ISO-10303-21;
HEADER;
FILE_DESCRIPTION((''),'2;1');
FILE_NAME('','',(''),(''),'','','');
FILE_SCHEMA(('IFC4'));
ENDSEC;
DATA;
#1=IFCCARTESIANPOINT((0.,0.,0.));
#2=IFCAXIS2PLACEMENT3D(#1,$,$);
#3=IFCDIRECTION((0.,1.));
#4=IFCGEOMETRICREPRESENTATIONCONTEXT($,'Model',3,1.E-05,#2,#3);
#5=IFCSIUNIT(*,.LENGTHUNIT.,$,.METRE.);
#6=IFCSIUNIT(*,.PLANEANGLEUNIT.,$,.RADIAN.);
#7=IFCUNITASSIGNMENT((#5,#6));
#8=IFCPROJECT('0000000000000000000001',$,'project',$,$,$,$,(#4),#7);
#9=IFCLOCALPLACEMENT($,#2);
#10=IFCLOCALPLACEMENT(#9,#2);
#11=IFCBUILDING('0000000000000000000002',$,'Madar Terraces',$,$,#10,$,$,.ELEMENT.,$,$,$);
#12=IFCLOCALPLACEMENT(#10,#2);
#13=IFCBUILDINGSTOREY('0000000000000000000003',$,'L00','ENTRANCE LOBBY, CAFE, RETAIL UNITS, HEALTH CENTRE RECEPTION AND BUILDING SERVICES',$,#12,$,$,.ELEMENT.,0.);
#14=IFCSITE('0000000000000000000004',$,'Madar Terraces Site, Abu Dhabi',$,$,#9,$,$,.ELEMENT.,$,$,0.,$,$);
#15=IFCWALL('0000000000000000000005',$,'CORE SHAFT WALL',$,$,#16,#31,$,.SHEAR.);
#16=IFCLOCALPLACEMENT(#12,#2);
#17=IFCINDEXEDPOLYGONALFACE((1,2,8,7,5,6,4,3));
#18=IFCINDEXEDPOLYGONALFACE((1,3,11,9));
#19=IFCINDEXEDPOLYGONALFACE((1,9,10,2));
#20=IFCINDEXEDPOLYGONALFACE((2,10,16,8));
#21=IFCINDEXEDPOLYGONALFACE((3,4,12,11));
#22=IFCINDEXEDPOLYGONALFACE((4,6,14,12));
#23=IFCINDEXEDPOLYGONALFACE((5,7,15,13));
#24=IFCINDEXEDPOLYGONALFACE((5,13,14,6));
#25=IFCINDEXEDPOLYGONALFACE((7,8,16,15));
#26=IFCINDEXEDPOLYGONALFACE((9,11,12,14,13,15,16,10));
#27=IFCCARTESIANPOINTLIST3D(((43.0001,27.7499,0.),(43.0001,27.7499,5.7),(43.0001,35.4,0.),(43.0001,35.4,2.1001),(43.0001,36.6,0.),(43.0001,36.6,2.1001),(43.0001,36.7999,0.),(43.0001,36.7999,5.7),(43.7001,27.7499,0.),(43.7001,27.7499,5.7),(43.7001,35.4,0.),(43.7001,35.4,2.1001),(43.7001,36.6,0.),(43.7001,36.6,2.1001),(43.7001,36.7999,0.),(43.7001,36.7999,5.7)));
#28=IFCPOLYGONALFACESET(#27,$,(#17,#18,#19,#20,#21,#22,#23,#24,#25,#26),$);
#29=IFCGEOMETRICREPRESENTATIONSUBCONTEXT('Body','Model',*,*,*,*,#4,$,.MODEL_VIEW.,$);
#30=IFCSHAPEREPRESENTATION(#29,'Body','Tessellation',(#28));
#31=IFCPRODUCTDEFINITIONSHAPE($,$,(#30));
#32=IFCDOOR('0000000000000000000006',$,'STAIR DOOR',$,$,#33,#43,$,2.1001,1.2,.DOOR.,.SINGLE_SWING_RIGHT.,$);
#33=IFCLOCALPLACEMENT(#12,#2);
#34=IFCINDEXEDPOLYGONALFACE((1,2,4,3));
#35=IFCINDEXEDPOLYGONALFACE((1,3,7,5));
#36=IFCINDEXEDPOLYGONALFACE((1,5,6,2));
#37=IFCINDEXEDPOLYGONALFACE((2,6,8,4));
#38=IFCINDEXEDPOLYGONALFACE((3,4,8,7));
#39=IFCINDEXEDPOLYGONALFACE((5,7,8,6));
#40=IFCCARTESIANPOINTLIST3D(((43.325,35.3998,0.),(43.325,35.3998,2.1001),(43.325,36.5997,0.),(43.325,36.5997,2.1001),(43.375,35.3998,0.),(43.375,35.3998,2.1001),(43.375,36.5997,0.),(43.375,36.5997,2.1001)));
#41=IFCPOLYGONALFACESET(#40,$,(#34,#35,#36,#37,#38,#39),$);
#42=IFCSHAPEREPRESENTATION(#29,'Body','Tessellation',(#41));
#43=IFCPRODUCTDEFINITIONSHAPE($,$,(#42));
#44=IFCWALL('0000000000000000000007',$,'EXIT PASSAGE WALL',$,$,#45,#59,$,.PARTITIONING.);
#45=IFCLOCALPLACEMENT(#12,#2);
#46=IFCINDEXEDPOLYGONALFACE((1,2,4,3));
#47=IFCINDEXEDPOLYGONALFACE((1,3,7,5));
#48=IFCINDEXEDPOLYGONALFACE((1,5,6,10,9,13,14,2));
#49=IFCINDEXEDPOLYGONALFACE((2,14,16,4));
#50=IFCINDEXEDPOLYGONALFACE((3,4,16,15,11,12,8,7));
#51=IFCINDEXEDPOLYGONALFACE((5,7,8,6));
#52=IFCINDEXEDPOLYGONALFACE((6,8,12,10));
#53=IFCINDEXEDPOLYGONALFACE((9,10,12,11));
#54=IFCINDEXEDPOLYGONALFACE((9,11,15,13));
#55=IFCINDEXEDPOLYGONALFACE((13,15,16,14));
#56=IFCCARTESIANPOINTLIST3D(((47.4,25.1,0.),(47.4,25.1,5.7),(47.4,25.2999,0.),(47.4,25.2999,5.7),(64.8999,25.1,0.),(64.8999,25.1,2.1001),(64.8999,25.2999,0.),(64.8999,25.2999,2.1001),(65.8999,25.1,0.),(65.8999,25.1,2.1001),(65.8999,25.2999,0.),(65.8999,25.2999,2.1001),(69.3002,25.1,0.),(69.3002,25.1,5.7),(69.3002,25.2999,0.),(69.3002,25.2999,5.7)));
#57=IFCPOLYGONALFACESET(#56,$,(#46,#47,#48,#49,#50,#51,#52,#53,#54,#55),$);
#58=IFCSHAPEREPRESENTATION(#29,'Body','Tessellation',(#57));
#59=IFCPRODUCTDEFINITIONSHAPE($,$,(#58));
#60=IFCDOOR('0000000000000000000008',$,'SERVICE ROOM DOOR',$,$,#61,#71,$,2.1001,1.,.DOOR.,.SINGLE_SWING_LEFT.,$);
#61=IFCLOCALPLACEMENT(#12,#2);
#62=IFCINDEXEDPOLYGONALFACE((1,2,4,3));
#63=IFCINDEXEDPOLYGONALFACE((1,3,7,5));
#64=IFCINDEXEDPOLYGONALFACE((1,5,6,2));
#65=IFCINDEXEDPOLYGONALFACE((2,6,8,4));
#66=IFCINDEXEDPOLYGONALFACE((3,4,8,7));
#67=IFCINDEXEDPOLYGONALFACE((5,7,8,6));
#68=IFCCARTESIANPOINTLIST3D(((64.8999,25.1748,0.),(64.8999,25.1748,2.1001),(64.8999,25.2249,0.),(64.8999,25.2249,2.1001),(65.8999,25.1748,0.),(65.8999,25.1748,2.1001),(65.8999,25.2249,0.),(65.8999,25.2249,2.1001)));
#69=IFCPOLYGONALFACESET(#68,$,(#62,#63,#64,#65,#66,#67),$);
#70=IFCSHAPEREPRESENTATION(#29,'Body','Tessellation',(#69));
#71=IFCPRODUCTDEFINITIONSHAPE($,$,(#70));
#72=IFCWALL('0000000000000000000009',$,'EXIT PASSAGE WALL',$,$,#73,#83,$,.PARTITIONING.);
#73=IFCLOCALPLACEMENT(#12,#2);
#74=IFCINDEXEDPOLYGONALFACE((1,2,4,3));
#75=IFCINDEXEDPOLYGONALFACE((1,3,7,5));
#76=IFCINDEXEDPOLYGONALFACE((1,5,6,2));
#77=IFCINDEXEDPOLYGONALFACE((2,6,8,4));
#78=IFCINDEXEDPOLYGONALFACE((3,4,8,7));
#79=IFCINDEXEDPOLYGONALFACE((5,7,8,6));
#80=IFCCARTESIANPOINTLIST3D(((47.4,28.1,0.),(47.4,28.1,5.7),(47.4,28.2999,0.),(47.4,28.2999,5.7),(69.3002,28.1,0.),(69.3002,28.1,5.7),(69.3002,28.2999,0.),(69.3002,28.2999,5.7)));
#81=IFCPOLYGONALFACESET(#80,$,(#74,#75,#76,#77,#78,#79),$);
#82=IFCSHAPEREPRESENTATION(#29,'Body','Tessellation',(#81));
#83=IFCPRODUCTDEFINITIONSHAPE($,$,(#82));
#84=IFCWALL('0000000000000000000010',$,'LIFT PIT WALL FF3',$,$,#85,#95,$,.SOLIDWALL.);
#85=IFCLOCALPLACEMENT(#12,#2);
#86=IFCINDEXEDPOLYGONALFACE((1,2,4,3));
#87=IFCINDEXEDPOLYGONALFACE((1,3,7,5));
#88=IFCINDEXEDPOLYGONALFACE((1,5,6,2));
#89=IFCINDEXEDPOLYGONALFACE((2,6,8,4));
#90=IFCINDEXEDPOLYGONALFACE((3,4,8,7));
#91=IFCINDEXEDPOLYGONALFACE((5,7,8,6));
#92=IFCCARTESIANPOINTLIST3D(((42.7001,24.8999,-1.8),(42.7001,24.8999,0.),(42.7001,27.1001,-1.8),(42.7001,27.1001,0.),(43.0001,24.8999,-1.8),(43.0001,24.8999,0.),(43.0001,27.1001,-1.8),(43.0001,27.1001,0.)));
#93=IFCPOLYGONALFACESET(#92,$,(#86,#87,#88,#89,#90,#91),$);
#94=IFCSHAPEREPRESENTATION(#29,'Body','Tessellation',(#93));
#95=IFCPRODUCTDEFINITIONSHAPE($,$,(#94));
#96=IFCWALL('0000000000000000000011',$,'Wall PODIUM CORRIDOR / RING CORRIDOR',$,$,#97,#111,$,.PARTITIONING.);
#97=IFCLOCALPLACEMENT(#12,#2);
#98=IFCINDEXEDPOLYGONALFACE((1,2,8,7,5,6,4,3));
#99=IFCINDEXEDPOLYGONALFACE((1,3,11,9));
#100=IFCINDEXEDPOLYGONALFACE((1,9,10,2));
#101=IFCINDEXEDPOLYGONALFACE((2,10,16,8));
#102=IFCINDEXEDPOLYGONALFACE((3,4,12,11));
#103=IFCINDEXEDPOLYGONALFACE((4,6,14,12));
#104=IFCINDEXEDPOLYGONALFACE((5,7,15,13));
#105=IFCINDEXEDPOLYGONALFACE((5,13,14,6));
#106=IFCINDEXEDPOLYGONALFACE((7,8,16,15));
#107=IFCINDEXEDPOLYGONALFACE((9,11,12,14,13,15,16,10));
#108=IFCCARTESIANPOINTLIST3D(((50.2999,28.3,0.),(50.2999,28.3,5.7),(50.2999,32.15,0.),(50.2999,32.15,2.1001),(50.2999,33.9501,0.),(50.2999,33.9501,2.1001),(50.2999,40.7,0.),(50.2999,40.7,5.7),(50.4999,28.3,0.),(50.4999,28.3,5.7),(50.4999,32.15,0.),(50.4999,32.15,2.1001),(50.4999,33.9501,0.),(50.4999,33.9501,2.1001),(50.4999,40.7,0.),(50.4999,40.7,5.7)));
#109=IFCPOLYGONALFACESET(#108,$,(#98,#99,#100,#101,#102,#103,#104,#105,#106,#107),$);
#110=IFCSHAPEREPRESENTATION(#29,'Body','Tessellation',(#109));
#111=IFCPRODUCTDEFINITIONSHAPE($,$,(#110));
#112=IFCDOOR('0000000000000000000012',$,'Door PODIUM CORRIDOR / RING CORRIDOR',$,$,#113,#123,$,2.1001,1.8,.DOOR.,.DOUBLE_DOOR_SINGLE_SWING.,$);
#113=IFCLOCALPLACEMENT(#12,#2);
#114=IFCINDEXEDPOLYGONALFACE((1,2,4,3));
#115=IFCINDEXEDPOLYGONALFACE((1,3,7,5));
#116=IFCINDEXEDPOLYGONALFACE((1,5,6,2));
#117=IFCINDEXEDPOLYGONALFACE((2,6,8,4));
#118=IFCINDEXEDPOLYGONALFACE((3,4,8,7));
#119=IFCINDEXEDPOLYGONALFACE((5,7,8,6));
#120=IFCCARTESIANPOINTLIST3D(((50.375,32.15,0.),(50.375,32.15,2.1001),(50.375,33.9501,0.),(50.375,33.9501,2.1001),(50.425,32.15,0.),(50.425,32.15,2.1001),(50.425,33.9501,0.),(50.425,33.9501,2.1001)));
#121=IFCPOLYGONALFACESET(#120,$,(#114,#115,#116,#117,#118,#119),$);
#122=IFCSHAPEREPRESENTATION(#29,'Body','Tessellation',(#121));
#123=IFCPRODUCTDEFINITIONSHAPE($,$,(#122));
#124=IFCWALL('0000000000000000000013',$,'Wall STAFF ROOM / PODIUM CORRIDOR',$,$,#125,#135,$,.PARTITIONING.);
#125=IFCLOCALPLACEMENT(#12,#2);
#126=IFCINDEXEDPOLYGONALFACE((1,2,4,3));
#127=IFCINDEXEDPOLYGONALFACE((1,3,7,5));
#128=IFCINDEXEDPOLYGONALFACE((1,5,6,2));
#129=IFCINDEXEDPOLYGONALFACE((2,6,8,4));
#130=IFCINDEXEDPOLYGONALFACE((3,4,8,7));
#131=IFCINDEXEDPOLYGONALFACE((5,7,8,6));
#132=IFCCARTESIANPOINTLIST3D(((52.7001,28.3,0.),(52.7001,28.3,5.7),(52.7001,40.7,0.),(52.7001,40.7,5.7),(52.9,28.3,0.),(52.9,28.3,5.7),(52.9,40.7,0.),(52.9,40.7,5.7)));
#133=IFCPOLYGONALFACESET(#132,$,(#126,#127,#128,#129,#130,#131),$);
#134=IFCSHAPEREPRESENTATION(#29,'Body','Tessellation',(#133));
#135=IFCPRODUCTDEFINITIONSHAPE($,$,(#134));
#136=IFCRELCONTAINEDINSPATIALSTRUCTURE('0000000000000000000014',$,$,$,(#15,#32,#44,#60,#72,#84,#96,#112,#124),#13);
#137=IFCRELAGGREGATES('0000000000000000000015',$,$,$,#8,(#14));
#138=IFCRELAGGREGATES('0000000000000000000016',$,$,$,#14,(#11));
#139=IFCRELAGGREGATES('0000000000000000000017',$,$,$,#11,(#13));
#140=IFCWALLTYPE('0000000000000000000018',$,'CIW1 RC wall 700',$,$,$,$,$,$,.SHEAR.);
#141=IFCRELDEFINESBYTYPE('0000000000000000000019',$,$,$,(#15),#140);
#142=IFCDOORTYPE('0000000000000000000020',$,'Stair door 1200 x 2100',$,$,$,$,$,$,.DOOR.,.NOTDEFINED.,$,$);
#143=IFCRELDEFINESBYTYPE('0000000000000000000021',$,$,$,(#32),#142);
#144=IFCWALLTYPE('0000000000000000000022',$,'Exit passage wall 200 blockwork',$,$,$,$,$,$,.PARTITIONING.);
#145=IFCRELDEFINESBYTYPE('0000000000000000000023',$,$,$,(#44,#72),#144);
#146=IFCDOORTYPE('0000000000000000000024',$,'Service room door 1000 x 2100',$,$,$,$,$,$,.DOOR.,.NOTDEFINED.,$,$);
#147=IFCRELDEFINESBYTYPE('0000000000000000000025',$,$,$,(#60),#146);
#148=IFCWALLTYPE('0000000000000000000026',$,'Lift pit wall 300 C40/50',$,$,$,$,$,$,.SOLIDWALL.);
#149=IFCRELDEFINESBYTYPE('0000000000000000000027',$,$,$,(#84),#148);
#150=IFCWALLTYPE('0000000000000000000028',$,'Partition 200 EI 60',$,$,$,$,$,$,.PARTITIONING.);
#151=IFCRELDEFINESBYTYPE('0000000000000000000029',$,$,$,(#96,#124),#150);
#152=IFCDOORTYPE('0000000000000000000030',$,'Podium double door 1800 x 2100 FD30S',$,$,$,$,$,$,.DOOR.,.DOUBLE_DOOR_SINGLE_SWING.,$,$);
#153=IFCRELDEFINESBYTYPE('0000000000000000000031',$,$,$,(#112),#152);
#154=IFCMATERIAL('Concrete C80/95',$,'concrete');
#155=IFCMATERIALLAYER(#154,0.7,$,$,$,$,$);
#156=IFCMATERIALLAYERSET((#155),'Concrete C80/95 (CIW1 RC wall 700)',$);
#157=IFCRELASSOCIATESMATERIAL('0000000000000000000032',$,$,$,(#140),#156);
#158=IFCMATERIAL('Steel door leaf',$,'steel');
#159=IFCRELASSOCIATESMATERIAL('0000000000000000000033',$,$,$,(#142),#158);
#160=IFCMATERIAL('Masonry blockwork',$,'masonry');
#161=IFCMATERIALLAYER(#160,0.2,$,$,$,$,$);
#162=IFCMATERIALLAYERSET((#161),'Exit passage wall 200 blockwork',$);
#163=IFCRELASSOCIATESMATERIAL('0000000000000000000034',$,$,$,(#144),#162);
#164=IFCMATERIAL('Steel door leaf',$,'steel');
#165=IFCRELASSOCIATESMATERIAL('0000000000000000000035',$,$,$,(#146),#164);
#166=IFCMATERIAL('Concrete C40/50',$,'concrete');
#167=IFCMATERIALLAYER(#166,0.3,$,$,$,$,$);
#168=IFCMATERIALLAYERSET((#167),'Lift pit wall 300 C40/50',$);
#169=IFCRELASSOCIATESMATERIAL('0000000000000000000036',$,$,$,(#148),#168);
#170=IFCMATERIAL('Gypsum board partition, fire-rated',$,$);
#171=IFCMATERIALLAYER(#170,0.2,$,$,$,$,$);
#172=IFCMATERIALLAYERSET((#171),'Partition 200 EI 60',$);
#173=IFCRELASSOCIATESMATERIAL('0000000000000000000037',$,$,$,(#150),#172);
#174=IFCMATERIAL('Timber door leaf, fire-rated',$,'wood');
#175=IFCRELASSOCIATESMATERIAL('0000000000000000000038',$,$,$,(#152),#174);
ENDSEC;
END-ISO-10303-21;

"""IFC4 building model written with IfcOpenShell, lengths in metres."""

from ifc_helpers import new_model, si_unit, direction, frame, frame_2d, origin, place, context, subcontext, project, spatial, rectangle, extrude, material, layer, layer_set, type_object, element, fill, save


model = new_model("IFC4")

# Units and contexts
model_context = context("Model", 3, precision=1e-05, world=origin(), true_north=direction((0.0, 1.0)))
body_context = subcontext(model_context, "Body", "Model", "MODEL_VIEW")
ifc_project = project(units=[si_unit("LENGTHUNIT", "METRE"), si_unit("PLANEANGLEUNIT", "RADIAN")], contexts=[model_context])

# Site, building, storey
site_placement = place(None, origin())
site = spatial("IfcSite", under=ifc_project, at=site_placement, Name="Madar Terraces Site, Abu Dhabi", CompositionType="ELEMENT", RefElevation=0.0)
building_placement = place(site_placement, origin())
building = spatial("IfcBuilding", under=site, at=building_placement, Name="Madar Terraces", CompositionType="ELEMENT")
storey_placement = place(building_placement, origin())
storey = spatial("IfcBuildingStorey", under=building, at=storey_placement, Name="L00", Description="ENTRANCE LOBBY, CAFE, RETAIL UNITS, HEALTH CENTRE RECEPTION AND BUILDING SERVICES", CompositionType="ELEMENT", Elevation=0.0)

# Walls, openings, doors
ifc_material_1 = material(Name="Concrete C80/95", Category="concrete")
ifc_layer_1 = layer(ifc_material_1, 0.7)
ifc_layer_set_1 = layer_set([ifc_layer_1], Name="Concrete C80/95 (CIW1 RC wall 700)")
wall_type_1 = type_object("IfcWallType", Name="CIW1 RC wall 700", PredefinedType="SHEAR", material=ifc_layer_set_1)
wall_1_placement = place(storey_placement, frame((43.3501, 27.75, 0.0), z_axis=(0.0, 0.0, 1.0), x_axis=(0.0, 1.0, 0.0)))
wall_1 = element("IfcWall", 1, at=wall_1_placement, inside=storey, type_object=wall_type_1, Name="CORE SHAFT WALL", PredefinedType="SHEAR", context=body_context, shape_type="SweptSolid", body=[
    extrude(rectangle(XDim=9.05, YDim=0.7, at=frame_2d((4.5249, 0.0))), origin(), (0.0, 0.0, 1.0), 5.7),
])
opening_1_placement = place(wall_1_placement, frame((7.6499, 0.0, 0.0)))
opening_1 = element("IfcOpeningElement", 2, at=opening_1_placement, cuts=wall_1, PredefinedType="OPENING", context=body_context, shape_type="SweptSolid", body=[
    extrude(rectangle(XDim=1.2, YDim=2.1001, at=frame_2d((0.6001, 1.05))), frame((0.0, 0.3599, 0.0), z_axis=(0.0, -1.0, 0.0), x_axis=(1.0, 0.0, 0.0)), (0.0, 0.0, 1.0), 0.72),
])
ifc_material_2 = material(Name="Steel door leaf", Category="steel")
door_type_1 = type_object("IfcDoorType", Name="Stair door 1200 x 2100", OperationType="NOTDEFINED", PredefinedType="DOOR", material=ifc_material_2)
door_1_placement = place(opening_1_placement, frame((1.2, 0.0, 0.0), z_axis=(0.0, 0.0, 1.0), x_axis=(-1.0, 0.0, 0.0)))
door_1 = element("IfcDoor", 3, at=door_1_placement, inside=storey, type_object=door_type_1, Name="STAIR DOOR", OperationType="SINGLE_SWING_RIGHT", OverallHeight=2.1001, OverallWidth=1.2, PredefinedType="DOOR", context=body_context, shape_type="SweptSolid", body=[
    extrude(rectangle(XDim=1.2, YDim=2.1001, at=frame_2d((0.6001, 1.05))), frame((0.0, 0.0249, 0.0), z_axis=(0.0, -1.0, 0.0), x_axis=(1.0, 0.0, 0.0)), (0.0, 0.0, 1.0), 0.05),
])
fill(opening_1, door_1)
ifc_material_3 = material(Name="Masonry blockwork", Category="masonry")
ifc_layer_2 = layer(ifc_material_3, 0.2)
ifc_layer_set_2 = layer_set([ifc_layer_2], Name="Exit passage wall 200 blockwork")
wall_type_2 = type_object("IfcWallType", Name="Exit passage wall 200 blockwork", PredefinedType="PARTITIONING", material=ifc_layer_set_2)
wall_2_placement = place(storey_placement, frame((47.3999, 25.2, 0.0), z_axis=(0.0, 0.0, 1.0), x_axis=(1.0, 0.0, 0.0)))
wall_2 = element("IfcWall", 4, at=wall_2_placement, inside=storey, type_object=wall_type_2, Name="EXIT PASSAGE WALL", PredefinedType="PARTITIONING", context=body_context, shape_type="SweptSolid", body=[
    extrude(rectangle(XDim=21.9001, YDim=0.2, at=frame_2d((10.9502, 0.0))), origin(), (0.0, 0.0, 1.0), 5.7),
])
opening_2_placement = place(wall_2_placement, frame((17.5, 0.0, 0.0)))
opening_2 = element("IfcOpeningElement", 5, at=opening_2_placement, cuts=wall_2, PredefinedType="OPENING", context=body_context, shape_type="SweptSolid", body=[
    extrude(rectangle(XDim=1.0, YDim=2.1001, at=frame_2d((0.5, 1.05))), frame((0.0, 0.1099, 0.0), z_axis=(0.0, -1.0, 0.0), x_axis=(1.0, 0.0, 0.0)), (0.0, 0.0, 1.0), 0.22),
])
ifc_material_4 = material(Name="Steel door leaf", Category="steel")
door_type_2 = type_object("IfcDoorType", Name="Service room door 1000 x 2100", OperationType="NOTDEFINED", PredefinedType="DOOR", material=ifc_material_4)
door_2_placement = place(opening_2_placement, origin())
door_2 = element("IfcDoor", 6, at=door_2_placement, inside=storey, type_object=door_type_2, Name="SERVICE ROOM DOOR", OperationType="SINGLE_SWING_LEFT", OverallHeight=2.1001, OverallWidth=1.0, PredefinedType="DOOR", context=body_context, shape_type="SweptSolid", body=[
    extrude(rectangle(XDim=1.0, YDim=2.1001, at=frame_2d((0.5, 1.05))), frame((0.0, 0.0249, 0.0), z_axis=(0.0, -1.0, 0.0), x_axis=(1.0, 0.0, 0.0)), (0.0, 0.0, 1.0), 0.05),
])
fill(opening_2, door_2)

# Walls
wall_3_placement = place(storey_placement, frame((47.3999, 28.2, 0.0), z_axis=(0.0, 0.0, 1.0), x_axis=(1.0, 0.0, 0.0)))
element("IfcWall", 7, at=wall_3_placement, inside=storey, type_object=wall_type_2, Name="EXIT PASSAGE WALL", PredefinedType="PARTITIONING", context=body_context, shape_type="SweptSolid", body=[
    extrude(rectangle(XDim=21.9001, YDim=0.2, at=frame_2d((10.9502, 0.0))), origin(), (0.0, 0.0, 1.0), 5.7),
])
ifc_material_5 = material(Name="Concrete C40/50", Category="concrete")
ifc_layer_3 = layer(ifc_material_5, 0.3)
ifc_layer_set_3 = layer_set([ifc_layer_3], Name="Lift pit wall 300 C40/50")
wall_type_3 = type_object("IfcWallType", Name="Lift pit wall 300 C40/50", PredefinedType="SOLIDWALL", material=ifc_layer_set_3)
wall_4_placement = place(storey_placement, frame((42.8501, 24.8999, -1.8), z_axis=(0.0, 0.0, 1.0), x_axis=(0.0, 1.0, 0.0)))
element("IfcWall", 8, at=wall_4_placement, inside=storey, type_object=wall_type_3, Name="LIFT PIT WALL FF3", PredefinedType="SOLIDWALL", context=body_context, shape_type="SweptSolid", body=[
    extrude(rectangle(XDim=2.2002, YDim=0.3, at=frame_2d((1.1001, 0.0))), origin(), (0.0, 0.0, 1.0), 1.8),
])

# Wall, opening, door
ifc_material_6 = material(Name="Gypsum board partition, fire-rated")
ifc_layer_4 = layer(ifc_material_6, 0.2)
ifc_layer_set_4 = layer_set([ifc_layer_4], Name="Partition 200 EI 60")
wall_type_4 = type_object("IfcWallType", Name="Partition 200 EI 60", PredefinedType="PARTITIONING", material=ifc_layer_set_4)
wall_5_placement = place(storey_placement, frame((50.3999, 28.3, 0.0), z_axis=(0.0, 0.0, 1.0), x_axis=(0.0, 1.0, 0.0)))
wall_5 = element("IfcWall", 9, at=wall_5_placement, inside=storey, type_object=wall_type_4, Name="Wall PODIUM CORRIDOR / RING CORRIDOR", PredefinedType="PARTITIONING", context=body_context, shape_type="SweptSolid", body=[
    extrude(rectangle(XDim=12.3999, YDim=0.2, at=frame_2d((6.2, 0.0))), origin(), (0.0, 0.0, 1.0), 5.7),
])
opening_3_placement = place(wall_5_placement, frame((3.8501, 0.0, 0.0)))
opening_3 = element("IfcOpeningElement", 10, at=opening_3_placement, cuts=wall_5, PredefinedType="OPENING", context=body_context, shape_type="SweptSolid", body=[
    extrude(rectangle(XDim=1.8, YDim=2.1001, at=frame_2d((0.8999, 1.05))), frame((0.0, 0.1099, 0.0), z_axis=(0.0, -1.0, 0.0), x_axis=(1.0, 0.0, 0.0)), (0.0, 0.0, 1.0), 0.22),
])
ifc_material_7 = material(Name="Timber door leaf, fire-rated", Category="wood")
door_type_3 = type_object("IfcDoorType", Name="Podium double door 1800 x 2100 FD30S", OperationType="DOUBLE_DOOR_SINGLE_SWING", PredefinedType="DOOR", material=ifc_material_7)
door_3_placement = place(opening_3_placement, origin())
door_3 = element("IfcDoor", 11, at=door_3_placement, inside=storey, type_object=door_type_3, Name="Door PODIUM CORRIDOR / RING CORRIDOR", OperationType="DOUBLE_DOOR_SINGLE_SWING", OverallHeight=2.1001, OverallWidth=1.8, PredefinedType="DOOR", context=body_context, shape_type="SweptSolid", body=[
    extrude(rectangle(XDim=1.8, YDim=2.1001, at=frame_2d((0.8999, 1.05))), frame((0.0, 0.0249, 0.0), z_axis=(0.0, -1.0, 0.0), x_axis=(1.0, 0.0, 0.0)), (0.0, 0.0, 1.0), 0.05),
])
fill(opening_3, door_3)

# Wall
wall_6_placement = place(storey_placement, frame((52.8, 28.3, 0.0), z_axis=(0.0, 0.0, 1.0), x_axis=(0.0, 1.0, 0.0)))
element("IfcWall", 12, at=wall_6_placement, inside=storey, type_object=wall_type_4, Name="Wall STAFF ROOM / PODIUM CORRIDOR", PredefinedType="PARTITIONING", context=body_context, shape_type="SweptSolid", body=[
    extrude(rectangle(XDim=12.3999, YDim=0.2, at=frame_2d((6.2, 0.0))), origin(), (0.0, 0.0, 1.0), 5.7),
])

save(model, "model.ifc")
